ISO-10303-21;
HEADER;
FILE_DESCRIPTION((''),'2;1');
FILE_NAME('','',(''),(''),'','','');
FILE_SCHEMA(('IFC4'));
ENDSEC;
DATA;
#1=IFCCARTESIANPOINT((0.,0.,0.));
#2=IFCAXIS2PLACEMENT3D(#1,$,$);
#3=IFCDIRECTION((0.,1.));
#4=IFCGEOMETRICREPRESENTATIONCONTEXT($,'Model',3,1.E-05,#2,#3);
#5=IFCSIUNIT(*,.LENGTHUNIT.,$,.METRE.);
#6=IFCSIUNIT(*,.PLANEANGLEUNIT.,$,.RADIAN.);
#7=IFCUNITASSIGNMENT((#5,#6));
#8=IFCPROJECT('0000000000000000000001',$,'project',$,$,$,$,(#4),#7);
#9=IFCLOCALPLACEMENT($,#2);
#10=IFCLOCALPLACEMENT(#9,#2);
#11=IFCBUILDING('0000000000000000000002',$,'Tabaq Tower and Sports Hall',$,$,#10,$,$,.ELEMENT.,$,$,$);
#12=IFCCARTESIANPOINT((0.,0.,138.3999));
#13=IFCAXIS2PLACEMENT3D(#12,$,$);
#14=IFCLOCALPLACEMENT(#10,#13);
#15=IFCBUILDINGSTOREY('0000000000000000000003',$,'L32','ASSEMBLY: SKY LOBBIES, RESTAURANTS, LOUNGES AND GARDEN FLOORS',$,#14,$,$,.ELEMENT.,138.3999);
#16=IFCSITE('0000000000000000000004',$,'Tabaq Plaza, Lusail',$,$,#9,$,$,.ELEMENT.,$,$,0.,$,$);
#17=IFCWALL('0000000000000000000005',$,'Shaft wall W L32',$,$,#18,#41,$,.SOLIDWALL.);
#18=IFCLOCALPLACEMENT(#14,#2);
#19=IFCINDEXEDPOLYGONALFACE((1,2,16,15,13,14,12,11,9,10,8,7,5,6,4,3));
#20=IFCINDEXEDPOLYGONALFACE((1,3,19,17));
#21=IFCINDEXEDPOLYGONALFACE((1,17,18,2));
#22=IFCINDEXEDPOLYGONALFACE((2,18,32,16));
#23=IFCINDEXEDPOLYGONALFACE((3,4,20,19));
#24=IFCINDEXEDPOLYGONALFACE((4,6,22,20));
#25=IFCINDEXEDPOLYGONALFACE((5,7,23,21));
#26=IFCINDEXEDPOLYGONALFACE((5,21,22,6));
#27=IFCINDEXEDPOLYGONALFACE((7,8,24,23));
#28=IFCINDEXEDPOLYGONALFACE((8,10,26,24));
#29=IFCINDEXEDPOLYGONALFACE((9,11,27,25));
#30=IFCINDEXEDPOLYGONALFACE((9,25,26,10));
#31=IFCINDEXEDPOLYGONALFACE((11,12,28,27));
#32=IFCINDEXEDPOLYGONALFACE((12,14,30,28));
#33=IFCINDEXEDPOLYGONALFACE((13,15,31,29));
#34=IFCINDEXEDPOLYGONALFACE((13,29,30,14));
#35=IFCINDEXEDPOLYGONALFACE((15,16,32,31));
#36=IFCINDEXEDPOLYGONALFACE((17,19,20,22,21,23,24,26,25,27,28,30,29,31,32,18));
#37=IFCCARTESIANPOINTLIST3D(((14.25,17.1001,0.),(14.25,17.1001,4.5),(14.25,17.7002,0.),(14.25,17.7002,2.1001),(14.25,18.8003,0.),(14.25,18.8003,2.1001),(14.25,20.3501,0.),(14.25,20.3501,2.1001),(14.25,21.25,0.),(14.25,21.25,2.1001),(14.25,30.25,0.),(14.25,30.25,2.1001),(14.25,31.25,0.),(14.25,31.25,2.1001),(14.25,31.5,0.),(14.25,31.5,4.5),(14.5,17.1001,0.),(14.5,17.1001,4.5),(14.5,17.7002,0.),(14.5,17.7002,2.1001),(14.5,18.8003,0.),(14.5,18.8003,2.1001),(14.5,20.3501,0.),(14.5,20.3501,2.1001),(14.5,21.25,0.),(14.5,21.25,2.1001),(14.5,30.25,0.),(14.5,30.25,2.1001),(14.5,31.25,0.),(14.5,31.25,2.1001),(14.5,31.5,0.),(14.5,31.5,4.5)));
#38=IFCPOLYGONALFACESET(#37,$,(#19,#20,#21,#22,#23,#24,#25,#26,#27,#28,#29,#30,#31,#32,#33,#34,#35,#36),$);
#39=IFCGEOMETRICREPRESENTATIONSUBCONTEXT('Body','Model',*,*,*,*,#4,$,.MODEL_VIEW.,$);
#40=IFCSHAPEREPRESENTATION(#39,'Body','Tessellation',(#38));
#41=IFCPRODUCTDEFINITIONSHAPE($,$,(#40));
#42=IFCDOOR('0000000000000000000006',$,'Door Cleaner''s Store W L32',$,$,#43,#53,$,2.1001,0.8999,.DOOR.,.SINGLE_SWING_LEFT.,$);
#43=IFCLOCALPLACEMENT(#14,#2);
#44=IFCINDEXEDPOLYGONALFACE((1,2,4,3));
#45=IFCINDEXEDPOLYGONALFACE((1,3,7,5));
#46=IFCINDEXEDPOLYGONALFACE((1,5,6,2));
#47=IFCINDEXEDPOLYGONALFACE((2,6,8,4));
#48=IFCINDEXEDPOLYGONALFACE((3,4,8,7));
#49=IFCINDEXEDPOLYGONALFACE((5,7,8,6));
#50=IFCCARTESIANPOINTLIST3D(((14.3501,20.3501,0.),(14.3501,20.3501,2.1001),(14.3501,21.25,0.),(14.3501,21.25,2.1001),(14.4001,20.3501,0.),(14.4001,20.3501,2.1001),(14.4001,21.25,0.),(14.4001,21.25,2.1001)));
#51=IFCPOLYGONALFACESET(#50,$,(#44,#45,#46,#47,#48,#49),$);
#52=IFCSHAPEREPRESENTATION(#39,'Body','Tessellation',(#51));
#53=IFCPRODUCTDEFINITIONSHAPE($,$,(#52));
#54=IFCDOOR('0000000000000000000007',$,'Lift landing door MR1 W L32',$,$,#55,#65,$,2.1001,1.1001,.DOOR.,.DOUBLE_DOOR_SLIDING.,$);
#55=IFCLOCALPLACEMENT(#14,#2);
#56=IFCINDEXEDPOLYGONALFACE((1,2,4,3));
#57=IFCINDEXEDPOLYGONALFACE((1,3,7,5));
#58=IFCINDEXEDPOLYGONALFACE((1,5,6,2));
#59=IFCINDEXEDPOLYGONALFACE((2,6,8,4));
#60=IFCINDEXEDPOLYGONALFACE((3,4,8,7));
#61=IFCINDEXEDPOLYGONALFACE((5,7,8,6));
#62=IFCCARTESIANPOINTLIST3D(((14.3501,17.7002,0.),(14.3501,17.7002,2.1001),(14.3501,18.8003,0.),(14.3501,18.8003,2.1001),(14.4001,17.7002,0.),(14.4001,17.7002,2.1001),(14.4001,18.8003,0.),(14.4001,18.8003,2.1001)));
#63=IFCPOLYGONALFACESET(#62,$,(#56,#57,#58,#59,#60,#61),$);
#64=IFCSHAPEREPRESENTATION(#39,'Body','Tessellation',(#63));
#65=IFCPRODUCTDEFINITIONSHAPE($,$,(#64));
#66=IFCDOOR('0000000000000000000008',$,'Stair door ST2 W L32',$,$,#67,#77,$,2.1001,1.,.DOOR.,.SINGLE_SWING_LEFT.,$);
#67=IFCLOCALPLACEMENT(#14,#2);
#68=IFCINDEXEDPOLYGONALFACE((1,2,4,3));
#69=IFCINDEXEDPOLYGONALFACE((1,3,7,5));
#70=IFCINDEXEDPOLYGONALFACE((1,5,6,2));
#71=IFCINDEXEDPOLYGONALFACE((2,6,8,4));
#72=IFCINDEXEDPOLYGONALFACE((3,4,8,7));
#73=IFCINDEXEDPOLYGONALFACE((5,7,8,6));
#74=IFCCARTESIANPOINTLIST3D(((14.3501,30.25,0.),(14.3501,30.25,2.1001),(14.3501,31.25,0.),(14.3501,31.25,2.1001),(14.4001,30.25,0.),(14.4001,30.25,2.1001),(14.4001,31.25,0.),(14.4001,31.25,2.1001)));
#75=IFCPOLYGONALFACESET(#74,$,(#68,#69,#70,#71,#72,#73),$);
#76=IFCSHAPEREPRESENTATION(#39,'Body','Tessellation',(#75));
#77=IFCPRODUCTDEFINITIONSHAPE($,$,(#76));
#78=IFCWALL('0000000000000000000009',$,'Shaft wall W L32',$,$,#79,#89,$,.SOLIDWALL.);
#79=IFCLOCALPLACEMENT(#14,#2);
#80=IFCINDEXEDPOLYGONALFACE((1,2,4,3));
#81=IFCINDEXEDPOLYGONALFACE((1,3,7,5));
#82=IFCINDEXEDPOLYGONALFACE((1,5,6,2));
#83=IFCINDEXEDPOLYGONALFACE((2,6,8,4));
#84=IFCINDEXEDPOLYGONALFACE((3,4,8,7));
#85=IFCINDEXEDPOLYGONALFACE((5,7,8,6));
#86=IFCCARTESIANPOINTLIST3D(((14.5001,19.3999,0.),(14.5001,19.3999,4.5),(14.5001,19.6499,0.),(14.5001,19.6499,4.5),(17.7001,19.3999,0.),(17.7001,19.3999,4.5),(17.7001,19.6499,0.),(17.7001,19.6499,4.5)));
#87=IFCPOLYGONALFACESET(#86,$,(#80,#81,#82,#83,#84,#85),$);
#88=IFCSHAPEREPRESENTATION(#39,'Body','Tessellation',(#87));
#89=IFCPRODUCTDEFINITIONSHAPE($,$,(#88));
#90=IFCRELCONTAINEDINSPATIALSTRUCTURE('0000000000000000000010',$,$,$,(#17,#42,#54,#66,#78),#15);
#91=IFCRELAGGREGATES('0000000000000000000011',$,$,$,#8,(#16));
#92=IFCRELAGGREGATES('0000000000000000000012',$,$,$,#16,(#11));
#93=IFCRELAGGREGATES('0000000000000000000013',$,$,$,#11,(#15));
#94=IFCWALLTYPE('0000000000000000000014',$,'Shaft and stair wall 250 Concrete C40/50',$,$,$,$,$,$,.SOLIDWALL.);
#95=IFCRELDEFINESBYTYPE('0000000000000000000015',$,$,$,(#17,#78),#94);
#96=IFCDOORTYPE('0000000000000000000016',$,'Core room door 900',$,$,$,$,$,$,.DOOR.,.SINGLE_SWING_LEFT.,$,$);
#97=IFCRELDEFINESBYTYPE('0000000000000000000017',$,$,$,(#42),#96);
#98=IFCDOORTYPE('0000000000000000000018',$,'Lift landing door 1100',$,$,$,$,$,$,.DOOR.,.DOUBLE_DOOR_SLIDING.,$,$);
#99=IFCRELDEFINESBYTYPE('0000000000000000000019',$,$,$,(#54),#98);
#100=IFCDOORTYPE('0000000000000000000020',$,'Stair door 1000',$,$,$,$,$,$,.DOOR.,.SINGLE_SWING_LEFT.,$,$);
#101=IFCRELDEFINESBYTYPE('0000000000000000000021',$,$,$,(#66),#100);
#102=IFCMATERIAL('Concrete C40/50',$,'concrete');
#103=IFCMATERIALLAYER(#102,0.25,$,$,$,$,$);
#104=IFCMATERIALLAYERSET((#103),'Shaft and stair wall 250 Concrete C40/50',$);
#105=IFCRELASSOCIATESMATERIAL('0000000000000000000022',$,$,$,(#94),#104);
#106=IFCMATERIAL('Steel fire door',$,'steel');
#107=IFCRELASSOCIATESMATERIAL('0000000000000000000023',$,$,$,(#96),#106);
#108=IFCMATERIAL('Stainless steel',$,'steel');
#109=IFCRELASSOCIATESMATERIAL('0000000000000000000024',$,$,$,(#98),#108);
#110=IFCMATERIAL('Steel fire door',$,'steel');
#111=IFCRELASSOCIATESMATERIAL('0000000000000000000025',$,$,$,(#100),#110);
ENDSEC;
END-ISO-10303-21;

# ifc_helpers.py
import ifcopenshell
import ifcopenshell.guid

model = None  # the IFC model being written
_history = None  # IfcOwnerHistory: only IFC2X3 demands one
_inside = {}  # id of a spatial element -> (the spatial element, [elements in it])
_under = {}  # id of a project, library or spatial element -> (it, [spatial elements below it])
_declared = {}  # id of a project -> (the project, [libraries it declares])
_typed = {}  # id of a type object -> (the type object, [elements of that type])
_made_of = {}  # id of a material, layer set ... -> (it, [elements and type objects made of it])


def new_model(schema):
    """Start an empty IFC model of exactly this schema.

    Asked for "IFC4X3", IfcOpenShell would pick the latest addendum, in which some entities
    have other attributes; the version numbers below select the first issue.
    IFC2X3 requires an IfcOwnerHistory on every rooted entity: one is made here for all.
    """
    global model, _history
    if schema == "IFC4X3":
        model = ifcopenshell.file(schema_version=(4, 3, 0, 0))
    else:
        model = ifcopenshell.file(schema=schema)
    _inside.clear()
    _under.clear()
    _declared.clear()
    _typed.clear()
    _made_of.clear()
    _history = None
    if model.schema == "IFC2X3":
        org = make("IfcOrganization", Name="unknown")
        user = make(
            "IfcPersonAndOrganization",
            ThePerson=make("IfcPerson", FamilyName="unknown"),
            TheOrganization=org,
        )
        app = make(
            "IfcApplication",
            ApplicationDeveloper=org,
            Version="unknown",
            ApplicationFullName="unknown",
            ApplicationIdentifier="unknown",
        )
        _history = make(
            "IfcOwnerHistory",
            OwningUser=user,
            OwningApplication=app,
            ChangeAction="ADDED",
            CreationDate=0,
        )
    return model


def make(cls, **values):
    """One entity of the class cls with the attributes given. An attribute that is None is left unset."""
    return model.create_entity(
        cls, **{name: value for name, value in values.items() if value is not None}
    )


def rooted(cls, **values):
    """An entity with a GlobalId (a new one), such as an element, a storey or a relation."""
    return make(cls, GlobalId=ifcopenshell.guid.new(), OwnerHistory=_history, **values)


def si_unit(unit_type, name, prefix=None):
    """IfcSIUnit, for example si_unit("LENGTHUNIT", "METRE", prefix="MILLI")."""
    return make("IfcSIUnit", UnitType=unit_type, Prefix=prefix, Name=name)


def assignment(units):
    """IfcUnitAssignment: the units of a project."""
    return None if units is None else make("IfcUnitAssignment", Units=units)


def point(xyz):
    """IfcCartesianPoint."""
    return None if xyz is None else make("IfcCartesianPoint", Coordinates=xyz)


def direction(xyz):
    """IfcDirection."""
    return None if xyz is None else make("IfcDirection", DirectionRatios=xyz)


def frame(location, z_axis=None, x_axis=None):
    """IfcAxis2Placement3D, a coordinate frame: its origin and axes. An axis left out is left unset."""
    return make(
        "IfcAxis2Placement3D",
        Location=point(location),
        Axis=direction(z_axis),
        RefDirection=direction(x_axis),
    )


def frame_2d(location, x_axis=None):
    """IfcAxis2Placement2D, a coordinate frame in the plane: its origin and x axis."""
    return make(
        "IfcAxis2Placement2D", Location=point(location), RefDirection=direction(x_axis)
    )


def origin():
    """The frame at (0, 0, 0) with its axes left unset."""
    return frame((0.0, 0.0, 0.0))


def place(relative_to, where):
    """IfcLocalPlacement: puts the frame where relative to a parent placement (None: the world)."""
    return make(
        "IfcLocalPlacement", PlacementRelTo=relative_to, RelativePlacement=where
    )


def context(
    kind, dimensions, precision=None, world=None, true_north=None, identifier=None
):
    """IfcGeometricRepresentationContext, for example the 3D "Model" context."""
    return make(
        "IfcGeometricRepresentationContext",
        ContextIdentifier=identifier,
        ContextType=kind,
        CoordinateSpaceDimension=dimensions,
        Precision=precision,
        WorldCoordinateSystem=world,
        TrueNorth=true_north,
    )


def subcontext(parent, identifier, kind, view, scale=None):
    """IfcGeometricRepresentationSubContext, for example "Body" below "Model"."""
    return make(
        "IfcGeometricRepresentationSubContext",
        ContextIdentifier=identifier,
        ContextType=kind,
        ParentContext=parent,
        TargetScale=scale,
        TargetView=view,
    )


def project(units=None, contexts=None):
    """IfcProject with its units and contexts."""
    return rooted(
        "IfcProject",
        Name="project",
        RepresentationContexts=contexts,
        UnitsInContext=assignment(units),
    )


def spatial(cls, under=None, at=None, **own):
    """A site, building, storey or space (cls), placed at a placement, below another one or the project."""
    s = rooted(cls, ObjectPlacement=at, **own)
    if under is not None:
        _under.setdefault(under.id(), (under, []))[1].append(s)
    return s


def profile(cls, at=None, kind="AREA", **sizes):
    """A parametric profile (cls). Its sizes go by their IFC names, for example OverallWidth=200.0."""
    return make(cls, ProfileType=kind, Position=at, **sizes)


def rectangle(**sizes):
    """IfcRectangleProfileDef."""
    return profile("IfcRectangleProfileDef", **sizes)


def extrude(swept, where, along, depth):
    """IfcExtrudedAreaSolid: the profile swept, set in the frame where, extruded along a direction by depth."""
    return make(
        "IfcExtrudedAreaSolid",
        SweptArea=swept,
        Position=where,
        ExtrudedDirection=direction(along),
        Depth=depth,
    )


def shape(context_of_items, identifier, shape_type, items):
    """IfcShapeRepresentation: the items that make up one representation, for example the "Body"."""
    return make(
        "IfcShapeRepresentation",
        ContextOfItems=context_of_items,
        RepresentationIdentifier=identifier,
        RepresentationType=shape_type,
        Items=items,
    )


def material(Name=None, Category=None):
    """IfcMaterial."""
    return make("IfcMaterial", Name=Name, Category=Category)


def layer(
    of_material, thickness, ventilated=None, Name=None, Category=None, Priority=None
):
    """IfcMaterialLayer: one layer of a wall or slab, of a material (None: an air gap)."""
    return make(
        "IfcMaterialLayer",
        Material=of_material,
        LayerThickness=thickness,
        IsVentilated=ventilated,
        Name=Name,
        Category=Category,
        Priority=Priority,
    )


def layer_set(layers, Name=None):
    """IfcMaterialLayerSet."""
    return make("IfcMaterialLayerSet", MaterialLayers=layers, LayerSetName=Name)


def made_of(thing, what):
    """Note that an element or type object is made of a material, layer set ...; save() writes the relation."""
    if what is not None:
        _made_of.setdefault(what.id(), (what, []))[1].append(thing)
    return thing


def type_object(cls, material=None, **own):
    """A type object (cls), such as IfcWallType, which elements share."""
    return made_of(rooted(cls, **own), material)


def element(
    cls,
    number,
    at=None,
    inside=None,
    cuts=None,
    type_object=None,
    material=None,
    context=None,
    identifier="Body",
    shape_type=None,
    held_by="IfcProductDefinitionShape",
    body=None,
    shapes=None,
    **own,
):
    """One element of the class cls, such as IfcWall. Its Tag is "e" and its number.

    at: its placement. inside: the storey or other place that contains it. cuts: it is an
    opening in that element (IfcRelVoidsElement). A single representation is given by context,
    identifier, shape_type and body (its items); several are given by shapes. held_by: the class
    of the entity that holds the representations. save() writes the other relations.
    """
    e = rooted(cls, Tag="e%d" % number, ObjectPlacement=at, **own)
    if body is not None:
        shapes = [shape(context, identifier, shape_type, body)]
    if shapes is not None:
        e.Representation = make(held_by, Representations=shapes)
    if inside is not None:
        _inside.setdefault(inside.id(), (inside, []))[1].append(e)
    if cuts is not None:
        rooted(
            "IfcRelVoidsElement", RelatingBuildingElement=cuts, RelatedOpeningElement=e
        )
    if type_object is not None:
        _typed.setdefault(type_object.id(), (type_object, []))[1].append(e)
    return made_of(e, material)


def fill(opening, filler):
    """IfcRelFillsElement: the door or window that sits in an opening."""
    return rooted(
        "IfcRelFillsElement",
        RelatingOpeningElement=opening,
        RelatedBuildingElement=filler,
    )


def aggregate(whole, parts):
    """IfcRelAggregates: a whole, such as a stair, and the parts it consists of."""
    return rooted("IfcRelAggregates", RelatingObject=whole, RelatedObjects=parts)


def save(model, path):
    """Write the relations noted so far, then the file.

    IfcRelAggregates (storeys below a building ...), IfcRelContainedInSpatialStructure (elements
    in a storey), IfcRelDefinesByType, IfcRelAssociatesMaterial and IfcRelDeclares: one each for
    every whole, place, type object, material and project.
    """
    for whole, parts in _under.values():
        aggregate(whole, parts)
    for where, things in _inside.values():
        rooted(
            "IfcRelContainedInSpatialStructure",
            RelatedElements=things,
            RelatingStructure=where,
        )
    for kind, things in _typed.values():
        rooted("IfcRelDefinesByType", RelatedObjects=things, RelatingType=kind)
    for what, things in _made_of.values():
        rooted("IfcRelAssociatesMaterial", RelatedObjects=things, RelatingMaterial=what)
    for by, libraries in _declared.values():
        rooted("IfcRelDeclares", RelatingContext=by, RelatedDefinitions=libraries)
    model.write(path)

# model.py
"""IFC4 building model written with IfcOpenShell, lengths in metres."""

from ifc_helpers import new_model, si_unit, direction, frame, frame_2d, origin, place, context, subcontext, project, spatial, rectangle, extrude, material, layer, layer_set, type_object, element, fill, save


model = new_model("IFC4")

# Units and contexts
model_context = context("Model", 3, precision=1e-05, world=origin(), true_north=direction((0.0, 1.0)))
body_context = subcontext(model_context, "Body", "Model", "MODEL_VIEW")
ifc_project = project(units=[si_unit("LENGTHUNIT", "METRE"), si_unit("PLANEANGLEUNIT", "RADIAN")], contexts=[model_context])

# Site, building, storey
site_placement = place(None, origin())
site = spatial("IfcSite", under=ifc_project, at=site_placement, Name="Tabaq Plaza, Lusail", CompositionType="ELEMENT", RefElevation=0.0)
building_placement = place(site_placement, origin())
building = spatial("IfcBuilding", under=site, at=building_placement, Name="Tabaq Tower and Sports Hall", CompositionType="ELEMENT")
storey_placement = place(building_placement, frame((0.0, 0.0, 138.3999)))
storey = spatial("IfcBuildingStorey", under=building, at=storey_placement, Name="L32", Description="ASSEMBLY: SKY LOBBIES, RESTAURANTS, LOUNGES AND GARDEN FLOORS", CompositionType="ELEMENT", Elevation=138.3999)

# Wall, openings, doors
ifc_material_1 = material(Name="Concrete C40/50", Category="concrete")
ifc_layer_1 = layer(ifc_material_1, 0.25)
ifc_layer_set_1 = layer_set([ifc_layer_1], Name="Shaft and stair wall 250 Concrete C40/50")
wall_type_1 = type_object("IfcWallType", Name="Shaft and stair wall 250 Concrete C40/50", PredefinedType="SOLIDWALL", material=ifc_layer_set_1)
wall_1_placement = place(storey_placement, frame((14.375, 17.1001, 0.0), z_axis=(0.0, 0.0, 1.0), x_axis=(0.0, 1.0, 0.0)))
wall_1 = element("IfcWall", 1, at=wall_1_placement, inside=storey, type_object=wall_type_1, Name="Shaft wall W L32", PredefinedType="SOLIDWALL", context=body_context, shape_type="SweptSolid", body=[
    extrude(rectangle(XDim=14.3999, YDim=0.25, at=frame_2d((7.2, 0.0))), origin(), (0.0, 0.0, 1.0), 4.5),
])
opening_1_placement = place(wall_1_placement, frame((13.1499, 0.0, 0.0)))
opening_1 = element("IfcOpeningElement", 2, at=opening_1_placement, cuts=wall_1, PredefinedType="OPENING", context=body_context, shape_type="SweptSolid", body=[
    extrude(rectangle(XDim=1.0, YDim=2.1001, at=frame_2d((0.5, 1.05))), frame((0.0, 0.125, 0.0), z_axis=(0.0, -1.0, 0.0), x_axis=(1.0, 0.0, 0.0)), (0.0, 0.0, 1.0), 0.25),
])
opening_2_placement = place(wall_1_placement, frame((0.6001, 0.0, 0.0)))
opening_2 = element("IfcOpeningElement", 3, at=opening_2_placement, cuts=wall_1, PredefinedType="OPENING", context=body_context, shape_type="SweptSolid", body=[
    extrude(rectangle(XDim=1.1001, YDim=2.1001, at=frame_2d((0.55, 1.05))), frame((0.0, 0.125, 0.0), z_axis=(0.0, -1.0, 0.0), x_axis=(1.0, 0.0, 0.0)), (0.0, 0.0, 1.0), 0.25),
])
opening_3_placement = place(wall_1_placement, frame((3.25, 0.0, 0.0)))
opening_3 = element("IfcOpeningElement", 4, at=opening_3_placement, cuts=wall_1, PredefinedType="OPENING", context=body_context, shape_type="SweptSolid", body=[
    extrude(rectangle(XDim=0.8999, YDim=2.1001, at=frame_2d((0.45, 1.05))), frame((0.0, 0.125, 0.0), z_axis=(0.0, -1.0, 0.0), x_axis=(1.0, 0.0, 0.0)), (0.0, 0.0, 1.0), 0.25),
])
ifc_material_2 = material(Name="Steel fire door", Category="steel")
door_type_1 = type_object("IfcDoorType", Name="Core room door 900", OperationType="SINGLE_SWING_LEFT", PredefinedType="DOOR", material=ifc_material_2)
door_1_placement = place(opening_3_placement, origin())
door_1 = element("IfcDoor", 5, at=door_1_placement, inside=storey, type_object=door_type_1, Name="Door Cleaner's Store W L32", OperationType="SINGLE_SWING_LEFT", OverallHeight=2.1001, OverallWidth=0.8999, PredefinedType="DOOR", context=body_context, shape_type="SweptSolid", body=[
    extrude(rectangle(XDim=0.8999, YDim=2.1001, at=frame_2d((0.45, 1.05))), frame((0.0, 0.0249, 0.0), z_axis=(0.0, -1.0, 0.0), x_axis=(1.0, 0.0, 0.0)), (0.0, 0.0, 1.0), 0.05),
])
fill(opening_3, door_1)
ifc_material_3 = material(Name="Stainless steel", Category="steel")
door_type_2 = type_object("IfcDoorType", Name="Lift landing door 1100", OperationType="DOUBLE_DOOR_SLIDING", PredefinedType="DOOR", material=ifc_material_3)
door_2_placement = place(opening_2_placement, origin())
door_2 = element("IfcDoor", 6, at=door_2_placement, inside=storey, type_object=door_type_2, Name="Lift landing door MR1 W L32", OperationType="DOUBLE_DOOR_SLIDING", OverallHeight=2.1001, OverallWidth=1.1001, PredefinedType="DOOR", context=body_context, shape_type="SweptSolid", body=[
    extrude(rectangle(XDim=1.1001, YDim=2.1001, at=frame_2d((0.55, 1.05))), frame((0.0, 0.0249, 0.0), z_axis=(0.0, -1.0, 0.0), x_axis=(1.0, 0.0, 0.0)), (0.0, 0.0, 1.0), 0.05),
])
fill(opening_2, door_2)
ifc_material_4 = material(Name="Steel fire door", Category="steel")
door_type_3 = type_object("IfcDoorType", Name="Stair door 1000", OperationType="SINGLE_SWING_LEFT", PredefinedType="DOOR", material=ifc_material_4)
door_3_placement = place(opening_1_placement, origin())
door_3 = element("IfcDoor", 7, at=door_3_placement, inside=storey, type_object=door_type_3, Name="Stair door ST2 W L32", OperationType="SINGLE_SWING_LEFT", OverallHeight=2.1001, OverallWidth=1.0, PredefinedType="DOOR", context=body_context, shape_type="SweptSolid", body=[
    extrude(rectangle(XDim=1.0, YDim=2.1001, at=frame_2d((0.5, 1.05))), frame((0.0, 0.0249, 0.0), z_axis=(0.0, -1.0, 0.0), x_axis=(1.0, 0.0, 0.0)), (0.0, 0.0, 1.0), 0.05),
])
fill(opening_1, door_3)

# Wall
wall_2_placement = place(storey_placement, frame((14.5, 19.5249, 0.0), z_axis=(0.0, 0.0, 1.0), x_axis=(1.0, 0.0, 0.0)))
element("IfcWall", 8, at=wall_2_placement, inside=storey, type_object=wall_type_1, Name="Shaft wall W L32", PredefinedType="SOLIDWALL", context=body_context, shape_type="SweptSolid", body=[
    extrude(rectangle(XDim=3.2, YDim=0.25, at=frame_2d((1.6001, 0.0))), origin(), (0.0, 0.0, 1.0), 4.5),
])

save(model, "model.ifc")
